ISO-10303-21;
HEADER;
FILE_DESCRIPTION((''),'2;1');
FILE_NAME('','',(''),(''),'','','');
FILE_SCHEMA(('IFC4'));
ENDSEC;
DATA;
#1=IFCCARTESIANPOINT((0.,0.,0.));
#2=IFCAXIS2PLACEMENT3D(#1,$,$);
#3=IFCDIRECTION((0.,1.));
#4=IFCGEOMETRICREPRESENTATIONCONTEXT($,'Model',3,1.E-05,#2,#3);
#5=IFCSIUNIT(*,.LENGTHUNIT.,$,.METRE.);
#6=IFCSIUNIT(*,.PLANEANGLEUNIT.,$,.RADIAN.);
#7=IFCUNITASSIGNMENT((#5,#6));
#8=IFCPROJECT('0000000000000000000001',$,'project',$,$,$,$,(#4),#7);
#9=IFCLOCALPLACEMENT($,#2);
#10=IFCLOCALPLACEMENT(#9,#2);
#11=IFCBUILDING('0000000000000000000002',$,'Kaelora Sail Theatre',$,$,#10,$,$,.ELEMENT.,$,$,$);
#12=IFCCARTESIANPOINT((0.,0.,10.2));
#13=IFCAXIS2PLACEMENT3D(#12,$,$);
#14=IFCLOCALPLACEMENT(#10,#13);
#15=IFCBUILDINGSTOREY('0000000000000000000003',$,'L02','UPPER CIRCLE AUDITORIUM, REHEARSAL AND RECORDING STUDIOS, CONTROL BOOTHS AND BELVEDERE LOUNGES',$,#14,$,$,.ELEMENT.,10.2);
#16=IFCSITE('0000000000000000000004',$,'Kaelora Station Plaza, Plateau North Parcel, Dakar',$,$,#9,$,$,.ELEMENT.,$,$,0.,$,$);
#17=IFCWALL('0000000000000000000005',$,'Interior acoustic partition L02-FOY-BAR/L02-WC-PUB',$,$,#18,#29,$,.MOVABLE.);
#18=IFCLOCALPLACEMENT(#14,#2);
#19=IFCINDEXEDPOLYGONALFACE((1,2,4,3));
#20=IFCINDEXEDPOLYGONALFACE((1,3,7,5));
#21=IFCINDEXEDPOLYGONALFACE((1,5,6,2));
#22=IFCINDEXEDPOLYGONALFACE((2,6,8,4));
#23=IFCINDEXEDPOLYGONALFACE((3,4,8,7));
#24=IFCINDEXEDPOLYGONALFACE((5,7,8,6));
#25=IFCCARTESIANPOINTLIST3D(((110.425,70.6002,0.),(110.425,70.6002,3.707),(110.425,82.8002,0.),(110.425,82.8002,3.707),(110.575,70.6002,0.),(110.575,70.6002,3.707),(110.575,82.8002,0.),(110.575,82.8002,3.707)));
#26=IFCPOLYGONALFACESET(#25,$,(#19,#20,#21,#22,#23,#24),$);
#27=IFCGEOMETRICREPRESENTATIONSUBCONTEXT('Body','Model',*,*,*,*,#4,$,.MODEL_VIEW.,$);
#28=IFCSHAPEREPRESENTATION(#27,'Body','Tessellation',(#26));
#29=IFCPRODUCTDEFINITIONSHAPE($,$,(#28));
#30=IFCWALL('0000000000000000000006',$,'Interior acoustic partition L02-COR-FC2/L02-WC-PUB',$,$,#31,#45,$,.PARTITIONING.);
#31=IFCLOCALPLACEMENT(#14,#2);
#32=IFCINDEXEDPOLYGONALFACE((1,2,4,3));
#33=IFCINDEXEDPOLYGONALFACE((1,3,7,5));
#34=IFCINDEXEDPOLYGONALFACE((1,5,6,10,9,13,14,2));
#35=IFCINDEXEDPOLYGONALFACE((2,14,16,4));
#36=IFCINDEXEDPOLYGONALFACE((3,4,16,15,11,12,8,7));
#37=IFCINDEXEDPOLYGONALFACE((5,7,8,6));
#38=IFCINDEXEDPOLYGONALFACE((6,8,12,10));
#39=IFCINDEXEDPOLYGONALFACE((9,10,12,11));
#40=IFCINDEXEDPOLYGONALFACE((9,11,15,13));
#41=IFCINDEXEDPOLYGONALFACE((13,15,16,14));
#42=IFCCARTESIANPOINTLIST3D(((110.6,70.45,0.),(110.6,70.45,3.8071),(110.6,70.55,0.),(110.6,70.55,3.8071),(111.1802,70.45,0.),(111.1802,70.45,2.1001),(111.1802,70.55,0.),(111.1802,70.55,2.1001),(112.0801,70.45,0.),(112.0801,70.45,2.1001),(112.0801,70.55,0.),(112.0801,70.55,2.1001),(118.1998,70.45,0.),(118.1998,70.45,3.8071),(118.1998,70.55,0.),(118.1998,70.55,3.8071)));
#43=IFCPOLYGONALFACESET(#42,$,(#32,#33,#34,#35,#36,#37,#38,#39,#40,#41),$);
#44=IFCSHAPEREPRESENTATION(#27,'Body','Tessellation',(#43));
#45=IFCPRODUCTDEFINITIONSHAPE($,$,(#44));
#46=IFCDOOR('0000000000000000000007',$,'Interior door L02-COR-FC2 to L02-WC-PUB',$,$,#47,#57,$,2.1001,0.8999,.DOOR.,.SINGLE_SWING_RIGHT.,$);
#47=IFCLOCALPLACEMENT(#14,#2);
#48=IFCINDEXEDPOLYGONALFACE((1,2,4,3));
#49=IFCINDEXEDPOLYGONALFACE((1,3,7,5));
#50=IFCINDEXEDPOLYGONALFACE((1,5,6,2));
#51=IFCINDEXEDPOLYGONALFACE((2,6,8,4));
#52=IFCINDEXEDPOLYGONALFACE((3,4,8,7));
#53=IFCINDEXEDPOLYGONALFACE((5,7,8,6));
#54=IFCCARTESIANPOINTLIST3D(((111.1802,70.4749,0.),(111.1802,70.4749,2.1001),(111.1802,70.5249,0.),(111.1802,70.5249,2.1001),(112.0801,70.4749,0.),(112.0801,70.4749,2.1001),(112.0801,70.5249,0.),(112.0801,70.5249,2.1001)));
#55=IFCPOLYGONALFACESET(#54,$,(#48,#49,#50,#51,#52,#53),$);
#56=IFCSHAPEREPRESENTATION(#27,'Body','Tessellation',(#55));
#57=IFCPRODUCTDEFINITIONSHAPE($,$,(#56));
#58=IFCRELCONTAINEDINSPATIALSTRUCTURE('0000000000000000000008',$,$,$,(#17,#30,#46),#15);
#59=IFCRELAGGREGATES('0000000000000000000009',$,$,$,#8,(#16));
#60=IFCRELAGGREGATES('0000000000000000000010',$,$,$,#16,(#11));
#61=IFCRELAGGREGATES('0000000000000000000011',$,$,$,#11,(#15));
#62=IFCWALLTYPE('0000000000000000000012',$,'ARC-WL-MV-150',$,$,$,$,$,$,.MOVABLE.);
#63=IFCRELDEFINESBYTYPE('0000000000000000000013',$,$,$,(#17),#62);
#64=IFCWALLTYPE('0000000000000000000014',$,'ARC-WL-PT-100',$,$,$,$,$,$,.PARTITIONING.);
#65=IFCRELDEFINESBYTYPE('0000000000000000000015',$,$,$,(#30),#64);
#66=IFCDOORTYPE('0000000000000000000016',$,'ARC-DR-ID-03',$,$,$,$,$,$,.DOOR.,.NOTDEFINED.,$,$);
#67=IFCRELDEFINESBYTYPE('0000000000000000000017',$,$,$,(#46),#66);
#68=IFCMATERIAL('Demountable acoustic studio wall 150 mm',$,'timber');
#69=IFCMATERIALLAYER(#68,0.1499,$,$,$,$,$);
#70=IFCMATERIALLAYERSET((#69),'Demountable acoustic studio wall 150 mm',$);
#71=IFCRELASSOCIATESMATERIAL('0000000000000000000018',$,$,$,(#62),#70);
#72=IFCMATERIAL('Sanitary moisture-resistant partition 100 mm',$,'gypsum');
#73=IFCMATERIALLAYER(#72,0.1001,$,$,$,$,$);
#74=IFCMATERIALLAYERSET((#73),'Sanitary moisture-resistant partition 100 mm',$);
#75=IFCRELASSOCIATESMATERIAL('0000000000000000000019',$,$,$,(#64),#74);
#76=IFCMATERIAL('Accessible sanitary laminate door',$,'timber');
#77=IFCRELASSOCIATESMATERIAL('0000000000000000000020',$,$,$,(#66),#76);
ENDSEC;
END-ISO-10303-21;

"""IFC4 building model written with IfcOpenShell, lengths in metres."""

from ifc_helpers import new_model, si_unit, direction, frame, frame_2d, origin, place, context, subcontext, project, spatial, rectangle, extrude, material, layer, layer_set, type_object, element, fill, save


model = new_model("IFC4")

# Units and contexts
model_context = context("Model", 3, precision=1e-05, world=origin(), true_north=direction((0.0, 1.0)))
body_context = subcontext(model_context, "Body", "Model", "MODEL_VIEW")
ifc_project = project(units=[si_unit("LENGTHUNIT", "METRE"), si_unit("PLANEANGLEUNIT", "RADIAN")], contexts=[model_context])

# Site, building, storey
site_placement = place(None, origin())
site = spatial("IfcSite", under=ifc_project, at=site_placement, Name="Kaelora Station Plaza, Plateau North Parcel, Dakar", CompositionType="ELEMENT", RefElevation=0.0)
building_placement = place(site_placement, origin())
building = spatial("IfcBuilding", under=site, at=building_placement, Name="Kaelora Sail Theatre", CompositionType="ELEMENT")
storey_placement = place(building_placement, frame((0.0, 0.0, 10.2)))
storey = spatial("IfcBuildingStorey", under=building, at=storey_placement, Name="L02", Description="UPPER CIRCLE AUDITORIUM, REHEARSAL AND RECORDING STUDIOS, CONTROL BOOTHS AND BELVEDERE LOUNGES", CompositionType="ELEMENT", Elevation=10.2)

# Wall
ifc_material_1 = material(Name="Demountable acoustic studio wall 150 mm", Category="timber")
ifc_layer_1 = layer(ifc_material_1, 0.1499)
ifc_layer_set_1 = layer_set([ifc_layer_1], Name="Demountable acoustic studio wall 150 mm")
wall_type_1 = type_object("IfcWallType", Name="ARC-WL-MV-150", PredefinedType="MOVABLE", material=ifc_layer_set_1)
wall_1_placement = place(storey_placement, frame((110.5, 70.6001, 0.0), z_axis=(0.0, 0.0, 1.0), x_axis=(0.0, 1.0, 0.0)))
element("IfcWall", 1, at=wall_1_placement, inside=storey, type_object=wall_type_1, Name="Interior acoustic partition L02-FOY-BAR/L02-WC-PUB", PredefinedType="MOVABLE", context=body_context, shape_type="SweptSolid", body=[
    extrude(rectangle(XDim=12.2, YDim=0.1499, at=frame_2d((6.1001, 0.0))), origin(), (0.0, 0.0, 1.0), 3.707),
])

# Wall, opening, door
ifc_material_2 = material(Name="Sanitary moisture-resistant partition 100 mm", Category="gypsum")
ifc_layer_2 = layer(ifc_material_2, 0.1001)
ifc_layer_set_2 = layer_set([ifc_layer_2], Name="Sanitary moisture-resistant partition 100 mm")
wall_type_2 = type_object("IfcWallType", Name="ARC-WL-PT-100", PredefinedType="PARTITIONING", material=ifc_layer_set_2)
wall_2_placement = place(storey_placement, frame((110.6001, 70.5, 0.0), z_axis=(0.0, 0.0, 1.0), x_axis=(1.0, 0.0, 0.0)))
wall_2 = element("IfcWall", 2, at=wall_2_placement, inside=storey, type_object=wall_type_2, Name="Interior acoustic partition L02-COR-FC2/L02-WC-PUB", PredefinedType="PARTITIONING", context=body_context, shape_type="SweptSolid", body=[
    extrude(rectangle(XDim=7.5999, YDim=0.1001, at=frame_2d((3.7998, 0.0))), origin(), (0.0, 0.0, 1.0), 3.8071),
])
opening_placement = place(wall_2_placement, frame((0.5801, 0.0, 0.0)))
opening = element("IfcOpeningElement", 3, at=opening_placement, cuts=wall_2, PredefinedType="OPENING", context=body_context, shape_type="SweptSolid", body=[
    extrude(rectangle(XDim=0.8999, YDim=2.1001, at=frame_2d((0.45, 1.05))), frame((0.0, 0.06, 0.0), z_axis=(0.0, -1.0, 0.0), x_axis=(1.0, 0.0, 0.0)), (0.0, 0.0, 1.0), 0.1201),
])
ifc_material_3 = material(Name="Accessible sanitary laminate door", Category="timber")
door_type = type_object("IfcDoorType", Name="ARC-DR-ID-03", OperationType="NOTDEFINED", PredefinedType="DOOR", material=ifc_material_3)
door_placement = place(opening_placement, origin())
door = element("IfcDoor", 4, at=door_placement, inside=storey, type_object=door_type, Name="Interior door L02-COR-FC2 to L02-WC-PUB", OperationType="SINGLE_SWING_RIGHT", OverallHeight=2.1001, OverallWidth=0.8999, PredefinedType="DOOR", context=body_context, shape_type="SweptSolid", body=[
    extrude(rectangle(XDim=0.8999, YDim=2.1001, at=frame_2d((0.45, 1.05))), frame((0.0, 0.0249, 0.0), z_axis=(0.0, -1.0, 0.0), x_axis=(1.0, 0.0, 0.0)), (0.0, 0.0, 1.0), 0.05),
])
fill(opening, door)

save(model, "model.ifc")
